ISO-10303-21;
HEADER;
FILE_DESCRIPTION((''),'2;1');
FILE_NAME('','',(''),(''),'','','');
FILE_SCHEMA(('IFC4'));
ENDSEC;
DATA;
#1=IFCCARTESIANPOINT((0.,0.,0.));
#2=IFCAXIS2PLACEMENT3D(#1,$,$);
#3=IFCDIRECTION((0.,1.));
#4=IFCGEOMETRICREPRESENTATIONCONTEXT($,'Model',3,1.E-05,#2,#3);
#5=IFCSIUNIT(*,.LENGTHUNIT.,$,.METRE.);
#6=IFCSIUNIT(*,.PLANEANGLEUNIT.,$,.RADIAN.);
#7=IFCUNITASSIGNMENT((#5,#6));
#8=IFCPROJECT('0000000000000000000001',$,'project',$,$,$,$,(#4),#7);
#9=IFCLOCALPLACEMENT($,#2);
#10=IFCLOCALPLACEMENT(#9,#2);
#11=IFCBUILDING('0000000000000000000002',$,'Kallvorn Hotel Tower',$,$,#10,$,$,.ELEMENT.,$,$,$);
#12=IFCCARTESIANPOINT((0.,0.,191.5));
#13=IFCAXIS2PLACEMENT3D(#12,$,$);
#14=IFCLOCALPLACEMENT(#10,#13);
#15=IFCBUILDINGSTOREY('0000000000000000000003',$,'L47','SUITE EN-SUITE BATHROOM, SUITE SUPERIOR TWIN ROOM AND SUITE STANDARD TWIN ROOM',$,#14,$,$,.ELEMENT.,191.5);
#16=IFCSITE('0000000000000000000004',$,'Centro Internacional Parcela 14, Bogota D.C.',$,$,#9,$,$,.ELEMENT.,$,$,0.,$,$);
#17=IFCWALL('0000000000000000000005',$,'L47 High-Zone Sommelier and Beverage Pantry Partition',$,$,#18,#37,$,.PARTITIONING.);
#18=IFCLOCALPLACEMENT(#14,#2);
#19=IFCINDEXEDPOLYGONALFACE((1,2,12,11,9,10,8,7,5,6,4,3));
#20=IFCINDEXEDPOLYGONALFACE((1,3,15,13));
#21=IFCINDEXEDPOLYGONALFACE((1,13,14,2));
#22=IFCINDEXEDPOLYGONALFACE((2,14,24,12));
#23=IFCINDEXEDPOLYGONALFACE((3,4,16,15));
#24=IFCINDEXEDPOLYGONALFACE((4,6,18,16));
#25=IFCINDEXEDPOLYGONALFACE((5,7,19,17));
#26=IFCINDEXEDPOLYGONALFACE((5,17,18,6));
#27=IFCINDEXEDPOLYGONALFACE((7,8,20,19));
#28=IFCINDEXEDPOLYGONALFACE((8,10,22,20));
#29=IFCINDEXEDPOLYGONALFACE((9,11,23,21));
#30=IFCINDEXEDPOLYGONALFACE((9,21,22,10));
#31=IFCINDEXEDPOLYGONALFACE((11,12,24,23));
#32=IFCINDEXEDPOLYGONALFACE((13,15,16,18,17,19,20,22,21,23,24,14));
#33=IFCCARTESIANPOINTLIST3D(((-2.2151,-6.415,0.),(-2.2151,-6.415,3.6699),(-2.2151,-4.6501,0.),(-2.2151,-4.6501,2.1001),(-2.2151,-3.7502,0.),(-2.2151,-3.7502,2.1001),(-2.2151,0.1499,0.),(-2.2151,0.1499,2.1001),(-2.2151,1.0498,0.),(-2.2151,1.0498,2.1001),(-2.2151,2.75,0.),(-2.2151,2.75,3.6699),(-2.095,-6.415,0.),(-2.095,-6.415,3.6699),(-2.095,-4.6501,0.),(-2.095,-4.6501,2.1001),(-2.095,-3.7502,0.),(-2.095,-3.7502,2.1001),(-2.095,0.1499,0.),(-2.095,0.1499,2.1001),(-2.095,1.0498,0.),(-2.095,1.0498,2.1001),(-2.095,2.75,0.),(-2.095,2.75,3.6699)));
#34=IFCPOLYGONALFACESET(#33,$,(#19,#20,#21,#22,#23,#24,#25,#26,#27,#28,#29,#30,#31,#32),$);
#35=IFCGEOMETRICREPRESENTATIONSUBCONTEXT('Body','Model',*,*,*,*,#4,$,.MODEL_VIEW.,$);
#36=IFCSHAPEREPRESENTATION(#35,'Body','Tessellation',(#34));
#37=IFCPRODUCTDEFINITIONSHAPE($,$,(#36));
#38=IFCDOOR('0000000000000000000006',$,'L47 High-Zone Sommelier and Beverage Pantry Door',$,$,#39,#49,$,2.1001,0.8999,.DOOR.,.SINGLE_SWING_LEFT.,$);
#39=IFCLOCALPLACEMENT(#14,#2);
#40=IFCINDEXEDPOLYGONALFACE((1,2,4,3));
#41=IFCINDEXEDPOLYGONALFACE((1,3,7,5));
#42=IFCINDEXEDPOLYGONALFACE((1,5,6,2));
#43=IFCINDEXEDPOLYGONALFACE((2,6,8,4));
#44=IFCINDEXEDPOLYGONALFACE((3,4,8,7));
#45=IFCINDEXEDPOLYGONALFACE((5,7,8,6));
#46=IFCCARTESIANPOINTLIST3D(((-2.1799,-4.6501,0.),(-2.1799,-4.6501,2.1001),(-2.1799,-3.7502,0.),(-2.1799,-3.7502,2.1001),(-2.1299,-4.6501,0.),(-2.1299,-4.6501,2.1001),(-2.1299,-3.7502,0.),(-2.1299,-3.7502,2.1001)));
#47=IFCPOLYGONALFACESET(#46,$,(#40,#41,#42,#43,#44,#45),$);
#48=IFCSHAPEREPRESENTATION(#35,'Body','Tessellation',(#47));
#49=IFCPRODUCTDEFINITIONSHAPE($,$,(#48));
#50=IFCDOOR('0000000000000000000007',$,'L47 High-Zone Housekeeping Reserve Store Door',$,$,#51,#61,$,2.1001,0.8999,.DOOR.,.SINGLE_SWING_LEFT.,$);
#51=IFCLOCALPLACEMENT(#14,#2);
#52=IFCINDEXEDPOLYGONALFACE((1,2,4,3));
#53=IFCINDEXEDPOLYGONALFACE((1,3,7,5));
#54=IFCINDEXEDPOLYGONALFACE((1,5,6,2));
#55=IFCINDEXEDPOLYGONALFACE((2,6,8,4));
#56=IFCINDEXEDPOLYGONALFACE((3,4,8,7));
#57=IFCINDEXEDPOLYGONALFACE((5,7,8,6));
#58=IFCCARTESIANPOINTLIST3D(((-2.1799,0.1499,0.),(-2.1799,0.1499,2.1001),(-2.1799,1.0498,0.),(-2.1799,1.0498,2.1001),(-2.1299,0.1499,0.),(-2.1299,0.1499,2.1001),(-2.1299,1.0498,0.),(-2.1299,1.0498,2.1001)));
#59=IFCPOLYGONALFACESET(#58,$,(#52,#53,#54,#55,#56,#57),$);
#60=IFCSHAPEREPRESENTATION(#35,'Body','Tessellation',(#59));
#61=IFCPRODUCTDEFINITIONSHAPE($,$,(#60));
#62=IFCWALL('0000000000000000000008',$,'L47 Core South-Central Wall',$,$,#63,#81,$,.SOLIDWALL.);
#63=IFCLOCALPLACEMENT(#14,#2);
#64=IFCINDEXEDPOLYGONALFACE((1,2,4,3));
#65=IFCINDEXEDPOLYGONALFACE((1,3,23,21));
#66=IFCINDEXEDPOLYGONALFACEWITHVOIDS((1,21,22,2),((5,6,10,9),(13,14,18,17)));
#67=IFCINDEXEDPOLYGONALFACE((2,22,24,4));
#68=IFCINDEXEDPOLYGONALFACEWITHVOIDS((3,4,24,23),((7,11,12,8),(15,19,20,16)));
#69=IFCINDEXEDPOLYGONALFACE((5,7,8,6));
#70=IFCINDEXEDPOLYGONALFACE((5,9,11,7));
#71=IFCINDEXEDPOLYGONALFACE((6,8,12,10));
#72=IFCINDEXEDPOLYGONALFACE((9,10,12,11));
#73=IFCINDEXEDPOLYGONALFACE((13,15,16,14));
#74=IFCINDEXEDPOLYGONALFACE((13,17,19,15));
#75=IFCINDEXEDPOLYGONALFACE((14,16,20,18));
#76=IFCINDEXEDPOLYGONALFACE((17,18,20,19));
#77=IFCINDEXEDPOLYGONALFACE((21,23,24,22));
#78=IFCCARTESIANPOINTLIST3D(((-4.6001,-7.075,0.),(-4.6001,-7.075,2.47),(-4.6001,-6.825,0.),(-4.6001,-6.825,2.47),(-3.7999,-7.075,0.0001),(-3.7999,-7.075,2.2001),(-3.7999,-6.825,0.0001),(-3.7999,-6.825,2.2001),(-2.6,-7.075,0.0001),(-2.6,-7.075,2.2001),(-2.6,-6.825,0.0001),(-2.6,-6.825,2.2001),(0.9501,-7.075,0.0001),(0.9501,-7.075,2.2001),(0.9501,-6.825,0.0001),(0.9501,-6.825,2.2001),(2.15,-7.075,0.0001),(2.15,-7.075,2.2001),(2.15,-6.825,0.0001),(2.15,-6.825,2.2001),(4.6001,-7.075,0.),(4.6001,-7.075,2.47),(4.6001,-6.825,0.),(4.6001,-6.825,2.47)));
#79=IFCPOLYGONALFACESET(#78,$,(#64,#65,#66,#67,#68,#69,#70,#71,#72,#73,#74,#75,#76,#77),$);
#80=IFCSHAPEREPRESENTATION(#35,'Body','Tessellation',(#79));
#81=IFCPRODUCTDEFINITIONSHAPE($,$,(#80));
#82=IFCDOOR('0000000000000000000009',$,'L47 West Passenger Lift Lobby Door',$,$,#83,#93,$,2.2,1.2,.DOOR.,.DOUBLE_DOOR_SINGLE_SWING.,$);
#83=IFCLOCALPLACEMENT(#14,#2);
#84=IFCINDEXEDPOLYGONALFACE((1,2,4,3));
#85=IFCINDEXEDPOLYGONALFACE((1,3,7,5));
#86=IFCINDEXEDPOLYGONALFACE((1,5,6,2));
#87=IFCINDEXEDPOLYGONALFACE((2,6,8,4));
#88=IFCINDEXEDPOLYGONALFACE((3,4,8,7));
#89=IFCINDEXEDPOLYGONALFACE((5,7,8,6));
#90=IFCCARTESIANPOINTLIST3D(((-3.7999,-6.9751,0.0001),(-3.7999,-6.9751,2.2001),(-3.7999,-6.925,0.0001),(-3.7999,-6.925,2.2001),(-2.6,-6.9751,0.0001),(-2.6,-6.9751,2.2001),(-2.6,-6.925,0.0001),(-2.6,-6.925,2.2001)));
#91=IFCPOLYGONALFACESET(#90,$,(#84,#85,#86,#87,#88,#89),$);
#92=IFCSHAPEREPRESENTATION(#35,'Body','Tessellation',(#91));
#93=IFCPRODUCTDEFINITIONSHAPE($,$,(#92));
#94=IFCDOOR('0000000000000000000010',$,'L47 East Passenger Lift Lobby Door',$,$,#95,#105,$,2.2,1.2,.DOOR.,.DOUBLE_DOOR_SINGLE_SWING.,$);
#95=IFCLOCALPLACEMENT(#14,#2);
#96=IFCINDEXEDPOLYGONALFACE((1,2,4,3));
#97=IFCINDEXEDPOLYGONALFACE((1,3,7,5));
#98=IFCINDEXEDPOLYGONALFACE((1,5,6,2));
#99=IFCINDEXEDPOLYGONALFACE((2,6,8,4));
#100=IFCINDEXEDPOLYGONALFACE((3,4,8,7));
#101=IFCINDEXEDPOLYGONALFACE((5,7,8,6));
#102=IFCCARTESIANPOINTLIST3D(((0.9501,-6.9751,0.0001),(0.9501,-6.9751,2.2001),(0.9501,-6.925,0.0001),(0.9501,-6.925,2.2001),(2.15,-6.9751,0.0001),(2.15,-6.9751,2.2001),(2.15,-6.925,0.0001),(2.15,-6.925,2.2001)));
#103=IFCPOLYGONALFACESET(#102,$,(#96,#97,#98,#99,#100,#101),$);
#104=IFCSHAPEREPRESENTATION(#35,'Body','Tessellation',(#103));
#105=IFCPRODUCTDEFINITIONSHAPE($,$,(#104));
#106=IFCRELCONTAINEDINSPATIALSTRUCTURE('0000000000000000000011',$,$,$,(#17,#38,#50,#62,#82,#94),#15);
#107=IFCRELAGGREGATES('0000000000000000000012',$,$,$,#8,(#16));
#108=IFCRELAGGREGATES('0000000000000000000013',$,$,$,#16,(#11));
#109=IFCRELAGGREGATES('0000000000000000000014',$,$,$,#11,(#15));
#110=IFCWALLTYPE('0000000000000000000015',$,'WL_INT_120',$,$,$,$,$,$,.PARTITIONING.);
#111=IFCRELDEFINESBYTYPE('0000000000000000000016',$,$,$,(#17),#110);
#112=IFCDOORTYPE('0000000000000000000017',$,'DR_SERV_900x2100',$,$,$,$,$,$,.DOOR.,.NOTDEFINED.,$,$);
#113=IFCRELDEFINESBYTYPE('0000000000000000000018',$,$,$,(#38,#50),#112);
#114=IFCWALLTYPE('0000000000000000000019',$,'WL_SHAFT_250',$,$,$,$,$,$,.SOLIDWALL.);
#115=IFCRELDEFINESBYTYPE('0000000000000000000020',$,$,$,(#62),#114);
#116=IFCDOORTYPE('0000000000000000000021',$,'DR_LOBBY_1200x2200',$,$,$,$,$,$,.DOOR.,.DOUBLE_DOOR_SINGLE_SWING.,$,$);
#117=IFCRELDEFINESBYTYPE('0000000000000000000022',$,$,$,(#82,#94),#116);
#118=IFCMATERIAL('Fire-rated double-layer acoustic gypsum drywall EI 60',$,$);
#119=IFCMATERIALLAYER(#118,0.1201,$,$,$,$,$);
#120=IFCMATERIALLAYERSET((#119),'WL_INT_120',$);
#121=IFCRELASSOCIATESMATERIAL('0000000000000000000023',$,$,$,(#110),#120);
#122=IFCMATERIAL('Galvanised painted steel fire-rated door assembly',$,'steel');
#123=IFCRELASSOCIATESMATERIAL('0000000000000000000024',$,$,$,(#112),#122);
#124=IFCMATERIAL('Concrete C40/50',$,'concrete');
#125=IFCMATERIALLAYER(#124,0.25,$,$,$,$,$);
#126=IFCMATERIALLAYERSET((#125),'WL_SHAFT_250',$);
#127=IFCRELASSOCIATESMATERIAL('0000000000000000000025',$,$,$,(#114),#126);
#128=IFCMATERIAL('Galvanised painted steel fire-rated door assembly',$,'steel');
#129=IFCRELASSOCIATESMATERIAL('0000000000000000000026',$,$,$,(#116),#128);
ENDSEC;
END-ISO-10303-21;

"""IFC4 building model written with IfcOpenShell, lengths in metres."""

from ifc_helpers import new_model, si_unit, direction, frame, frame_2d, origin, place, context, subcontext, project, spatial, rectangle, extrude, material, layer, layer_set, type_object, element, fill, save


model = new_model("IFC4")

# Units and contexts
model_context = context("Model", 3, precision=1e-05, world=origin(), true_north=direction((0.0, 1.0)))
body_context = subcontext(model_context, "Body", "Model", "MODEL_VIEW")
ifc_project = project(units=[si_unit("LENGTHUNIT", "METRE"), si_unit("PLANEANGLEUNIT", "RADIAN")], contexts=[model_context])

# Site, building, storey
site_placement = place(None, origin())
site = spatial("IfcSite", under=ifc_project, at=site_placement, Name="Centro Internacional Parcela 14, Bogota D.C.", CompositionType="ELEMENT", RefElevation=0.0)
building_placement = place(site_placement, origin())
building = spatial("IfcBuilding", under=site, at=building_placement, Name="Kallvorn Hotel Tower", CompositionType="ELEMENT")
storey_placement = place(building_placement, frame((0.0, 0.0, 191.5)))
storey = spatial("IfcBuildingStorey", under=building, at=storey_placement, Name="L47", Description="SUITE EN-SUITE BATHROOM, SUITE SUPERIOR TWIN ROOM AND SUITE STANDARD TWIN ROOM", CompositionType="ELEMENT", Elevation=191.5)

# Shared definitions
ifc_material_1 = material(Name="Fire-rated double-layer acoustic gypsum drywall EI 60")
ifc_layer_1 = layer(ifc_material_1, 0.1201)
ifc_layer_set_1 = layer_set([ifc_layer_1], Name="WL_INT_120")
wall_type_1 = type_object("IfcWallType", Name="WL_INT_120", PredefinedType="PARTITIONING", material=ifc_layer_set_1)

# Shared definitions
ifc_material_2 = material(Name="Galvanised painted steel fire-rated door assembly", Category="steel")
door_type_1 = type_object("IfcDoorType", Name="DR_SERV_900x2100", OperationType="NOTDEFINED", PredefinedType="DOOR", material=ifc_material_2)

# Walls, openings, doors
wall_1_placement = place(storey_placement, frame((-2.155, -6.415, 0.0), z_axis=(0.0, 0.0, 1.0), x_axis=(0.0, 1.0, 0.0)))
wall_1 = element("IfcWall", 1, at=wall_1_placement, inside=storey, type_object=wall_type_1, Name="L47 High-Zone Sommelier and Beverage Pantry Partition", PredefinedType="PARTITIONING", context=body_context, shape_type="SweptSolid", body=[
    extrude(rectangle(XDim=9.165, YDim=0.1201, at=frame_2d((4.5825, 0.0))), origin(), (0.0, 0.0, 1.0), 3.6699),
])
opening_1_placement = place(wall_1_placement, frame((1.7649, 0.0, 0.0)))
opening_1 = element("IfcOpeningElement", 2, at=opening_1_placement, cuts=wall_1, PredefinedType="OPENING", context=body_context, shape_type="SweptSolid", body=[
    extrude(rectangle(XDim=0.8999, YDim=2.1001, at=frame_2d((0.45, 1.05))), frame((0.0, 0.075, 0.0), z_axis=(0.0, -1.0, 0.0), x_axis=(1.0, 0.0, 0.0)), (0.0, 0.0, 1.0), 0.1501),
])
opening_2_placement = place(wall_1_placement, frame((6.5649, 0.0, 0.0)))
opening_2 = element("IfcOpeningElement", 3, at=opening_2_placement, cuts=wall_1, PredefinedType="OPENING", context=body_context, shape_type="SweptSolid", body=[
    extrude(rectangle(XDim=0.8999, YDim=2.1001, at=frame_2d((0.45, 1.05))), frame((0.0, 0.075, 0.0), z_axis=(0.0, -1.0, 0.0), x_axis=(1.0, 0.0, 0.0)), (0.0, 0.0, 1.0), 0.1501),
])
door_1_placement = place(opening_1_placement, origin())
door_1 = element("IfcDoor", 4, at=door_1_placement, inside=storey, type_object=door_type_1, Name="L47 High-Zone Sommelier and Beverage Pantry Door", OperationType="SINGLE_SWING_LEFT", OverallHeight=2.1001, OverallWidth=0.8999, PredefinedType="DOOR", context=body_context, shape_type="SweptSolid", body=[
    extrude(rectangle(XDim=0.8999, YDim=2.1001, at=frame_2d((0.45, 1.05))), frame((0.0, 0.0249, 0.0), z_axis=(0.0, -1.0, 0.0), x_axis=(1.0, 0.0, 0.0)), (0.0, 0.0, 1.0), 0.05),
])
fill(opening_1, door_1)
door_2_placement = place(opening_2_placement, origin())
door_2 = element("IfcDoor", 5, at=door_2_placement, inside=storey, type_object=door_type_1, Name="L47 High-Zone Housekeeping Reserve Store Door", OperationType="SINGLE_SWING_LEFT", OverallHeight=2.1001, OverallWidth=0.8999, PredefinedType="DOOR", context=body_context, shape_type="SweptSolid", body=[
    extrude(rectangle(XDim=0.8999, YDim=2.1001, at=frame_2d((0.45, 1.05))), frame((0.0, 0.0249, 0.0), z_axis=(0.0, -1.0, 0.0), x_axis=(1.0, 0.0, 0.0)), (0.0, 0.0, 1.0), 0.05),
])
fill(opening_2, door_2)
ifc_material_3 = material(Name="Concrete C40/50", Category="concrete")
ifc_layer_2 = layer(ifc_material_3, 0.25)
ifc_layer_set_2 = layer_set([ifc_layer_2], Name="WL_SHAFT_250")
wall_type_2 = type_object("IfcWallType", Name="WL_SHAFT_250", PredefinedType="SOLIDWALL", material=ifc_layer_set_2)
wall_2_placement = place(storey_placement, frame((-4.6001, -6.95, 0.0), z_axis=(0.0, 0.0, 1.0), x_axis=(1.0, 0.0, 0.0)))
wall_2 = element("IfcWall", 6, at=wall_2_placement, inside=storey, type_object=wall_type_2, Name="L47 Core South-Central Wall", PredefinedType="SOLIDWALL", context=body_context, shape_type="SweptSolid", body=[
    extrude(rectangle(XDim=9.2002, YDim=0.25, at=frame_2d((4.6001, 0.0))), origin(), (0.0, 0.0, 1.0), 2.47),
])
opening_3_placement = place(wall_2_placement, frame((0.8, 0.0, 0.0)))
opening_3 = element("IfcOpeningElement", 7, at=opening_3_placement, cuts=wall_2, PredefinedType="OPENING", context=body_context, shape_type="SweptSolid", body=[
    extrude(rectangle(XDim=1.2, YDim=2.2, at=frame_2d((0.6001, 1.1001))), frame((0.0, 0.1399, 0.0), z_axis=(0.0, -1.0, 0.0), x_axis=(1.0, 0.0, 0.0)), (0.0, 0.0, 1.0), 0.28),
])
opening_4_placement = place(wall_2_placement, frame((5.55, 0.0, 0.0)))
opening_4 = element("IfcOpeningElement", 8, at=opening_4_placement, cuts=wall_2, PredefinedType="OPENING", context=body_context, shape_type="SweptSolid", body=[
    extrude(rectangle(XDim=1.2, YDim=2.2, at=frame_2d((0.6001, 1.1001))), frame((0.0, 0.1399, 0.0), z_axis=(0.0, -1.0, 0.0), x_axis=(1.0, 0.0, 0.0)), (0.0, 0.0, 1.0), 0.28),
])
ifc_material_4 = material(Name="Galvanised painted steel fire-rated door assembly", Category="steel")
door_type_2 = type_object("IfcDoorType", Name="DR_LOBBY_1200x2200", OperationType="DOUBLE_DOOR_SINGLE_SWING", PredefinedType="DOOR", material=ifc_material_4)
door_3_placement = place(opening_3_placement, origin())
door_3 = element("IfcDoor", 9, at=door_3_placement, inside=storey, type_object=door_type_2, Name="L47 West Passenger Lift Lobby Door", OperationType="DOUBLE_DOOR_SINGLE_SWING", OverallHeight=2.2, OverallWidth=1.2, PredefinedType="DOOR", context=body_context, shape_type="SweptSolid", body=[
    extrude(rectangle(XDim=1.2, YDim=2.2, at=frame_2d((0.6001, 1.1001))), frame((0.0, 0.0249, 0.0), z_axis=(0.0, -1.0, 0.0), x_axis=(1.0, 0.0, 0.0)), (0.0, 0.0, 1.0), 0.05),
])
fill(opening_3, door_3)
door_4_placement = place(opening_4_placement, origin())
door_4 = element("IfcDoor", 10, at=door_4_placement, inside=storey, type_object=door_type_2, Name="L47 East Passenger Lift Lobby Door", OperationType="DOUBLE_DOOR_SINGLE_SWING", OverallHeight=2.2, OverallWidth=1.2, PredefinedType="DOOR", context=body_context, shape_type="SweptSolid", body=[
    extrude(rectangle(XDim=1.2, YDim=2.2, at=frame_2d((0.6001, 1.1001))), frame((0.0, 0.0249, 0.0), z_axis=(0.0, -1.0, 0.0), x_axis=(1.0, 0.0, 0.0)), (0.0, 0.0, 1.0), 0.05),
])
fill(opening_4, door_4)

save(model, "model.ifc")
